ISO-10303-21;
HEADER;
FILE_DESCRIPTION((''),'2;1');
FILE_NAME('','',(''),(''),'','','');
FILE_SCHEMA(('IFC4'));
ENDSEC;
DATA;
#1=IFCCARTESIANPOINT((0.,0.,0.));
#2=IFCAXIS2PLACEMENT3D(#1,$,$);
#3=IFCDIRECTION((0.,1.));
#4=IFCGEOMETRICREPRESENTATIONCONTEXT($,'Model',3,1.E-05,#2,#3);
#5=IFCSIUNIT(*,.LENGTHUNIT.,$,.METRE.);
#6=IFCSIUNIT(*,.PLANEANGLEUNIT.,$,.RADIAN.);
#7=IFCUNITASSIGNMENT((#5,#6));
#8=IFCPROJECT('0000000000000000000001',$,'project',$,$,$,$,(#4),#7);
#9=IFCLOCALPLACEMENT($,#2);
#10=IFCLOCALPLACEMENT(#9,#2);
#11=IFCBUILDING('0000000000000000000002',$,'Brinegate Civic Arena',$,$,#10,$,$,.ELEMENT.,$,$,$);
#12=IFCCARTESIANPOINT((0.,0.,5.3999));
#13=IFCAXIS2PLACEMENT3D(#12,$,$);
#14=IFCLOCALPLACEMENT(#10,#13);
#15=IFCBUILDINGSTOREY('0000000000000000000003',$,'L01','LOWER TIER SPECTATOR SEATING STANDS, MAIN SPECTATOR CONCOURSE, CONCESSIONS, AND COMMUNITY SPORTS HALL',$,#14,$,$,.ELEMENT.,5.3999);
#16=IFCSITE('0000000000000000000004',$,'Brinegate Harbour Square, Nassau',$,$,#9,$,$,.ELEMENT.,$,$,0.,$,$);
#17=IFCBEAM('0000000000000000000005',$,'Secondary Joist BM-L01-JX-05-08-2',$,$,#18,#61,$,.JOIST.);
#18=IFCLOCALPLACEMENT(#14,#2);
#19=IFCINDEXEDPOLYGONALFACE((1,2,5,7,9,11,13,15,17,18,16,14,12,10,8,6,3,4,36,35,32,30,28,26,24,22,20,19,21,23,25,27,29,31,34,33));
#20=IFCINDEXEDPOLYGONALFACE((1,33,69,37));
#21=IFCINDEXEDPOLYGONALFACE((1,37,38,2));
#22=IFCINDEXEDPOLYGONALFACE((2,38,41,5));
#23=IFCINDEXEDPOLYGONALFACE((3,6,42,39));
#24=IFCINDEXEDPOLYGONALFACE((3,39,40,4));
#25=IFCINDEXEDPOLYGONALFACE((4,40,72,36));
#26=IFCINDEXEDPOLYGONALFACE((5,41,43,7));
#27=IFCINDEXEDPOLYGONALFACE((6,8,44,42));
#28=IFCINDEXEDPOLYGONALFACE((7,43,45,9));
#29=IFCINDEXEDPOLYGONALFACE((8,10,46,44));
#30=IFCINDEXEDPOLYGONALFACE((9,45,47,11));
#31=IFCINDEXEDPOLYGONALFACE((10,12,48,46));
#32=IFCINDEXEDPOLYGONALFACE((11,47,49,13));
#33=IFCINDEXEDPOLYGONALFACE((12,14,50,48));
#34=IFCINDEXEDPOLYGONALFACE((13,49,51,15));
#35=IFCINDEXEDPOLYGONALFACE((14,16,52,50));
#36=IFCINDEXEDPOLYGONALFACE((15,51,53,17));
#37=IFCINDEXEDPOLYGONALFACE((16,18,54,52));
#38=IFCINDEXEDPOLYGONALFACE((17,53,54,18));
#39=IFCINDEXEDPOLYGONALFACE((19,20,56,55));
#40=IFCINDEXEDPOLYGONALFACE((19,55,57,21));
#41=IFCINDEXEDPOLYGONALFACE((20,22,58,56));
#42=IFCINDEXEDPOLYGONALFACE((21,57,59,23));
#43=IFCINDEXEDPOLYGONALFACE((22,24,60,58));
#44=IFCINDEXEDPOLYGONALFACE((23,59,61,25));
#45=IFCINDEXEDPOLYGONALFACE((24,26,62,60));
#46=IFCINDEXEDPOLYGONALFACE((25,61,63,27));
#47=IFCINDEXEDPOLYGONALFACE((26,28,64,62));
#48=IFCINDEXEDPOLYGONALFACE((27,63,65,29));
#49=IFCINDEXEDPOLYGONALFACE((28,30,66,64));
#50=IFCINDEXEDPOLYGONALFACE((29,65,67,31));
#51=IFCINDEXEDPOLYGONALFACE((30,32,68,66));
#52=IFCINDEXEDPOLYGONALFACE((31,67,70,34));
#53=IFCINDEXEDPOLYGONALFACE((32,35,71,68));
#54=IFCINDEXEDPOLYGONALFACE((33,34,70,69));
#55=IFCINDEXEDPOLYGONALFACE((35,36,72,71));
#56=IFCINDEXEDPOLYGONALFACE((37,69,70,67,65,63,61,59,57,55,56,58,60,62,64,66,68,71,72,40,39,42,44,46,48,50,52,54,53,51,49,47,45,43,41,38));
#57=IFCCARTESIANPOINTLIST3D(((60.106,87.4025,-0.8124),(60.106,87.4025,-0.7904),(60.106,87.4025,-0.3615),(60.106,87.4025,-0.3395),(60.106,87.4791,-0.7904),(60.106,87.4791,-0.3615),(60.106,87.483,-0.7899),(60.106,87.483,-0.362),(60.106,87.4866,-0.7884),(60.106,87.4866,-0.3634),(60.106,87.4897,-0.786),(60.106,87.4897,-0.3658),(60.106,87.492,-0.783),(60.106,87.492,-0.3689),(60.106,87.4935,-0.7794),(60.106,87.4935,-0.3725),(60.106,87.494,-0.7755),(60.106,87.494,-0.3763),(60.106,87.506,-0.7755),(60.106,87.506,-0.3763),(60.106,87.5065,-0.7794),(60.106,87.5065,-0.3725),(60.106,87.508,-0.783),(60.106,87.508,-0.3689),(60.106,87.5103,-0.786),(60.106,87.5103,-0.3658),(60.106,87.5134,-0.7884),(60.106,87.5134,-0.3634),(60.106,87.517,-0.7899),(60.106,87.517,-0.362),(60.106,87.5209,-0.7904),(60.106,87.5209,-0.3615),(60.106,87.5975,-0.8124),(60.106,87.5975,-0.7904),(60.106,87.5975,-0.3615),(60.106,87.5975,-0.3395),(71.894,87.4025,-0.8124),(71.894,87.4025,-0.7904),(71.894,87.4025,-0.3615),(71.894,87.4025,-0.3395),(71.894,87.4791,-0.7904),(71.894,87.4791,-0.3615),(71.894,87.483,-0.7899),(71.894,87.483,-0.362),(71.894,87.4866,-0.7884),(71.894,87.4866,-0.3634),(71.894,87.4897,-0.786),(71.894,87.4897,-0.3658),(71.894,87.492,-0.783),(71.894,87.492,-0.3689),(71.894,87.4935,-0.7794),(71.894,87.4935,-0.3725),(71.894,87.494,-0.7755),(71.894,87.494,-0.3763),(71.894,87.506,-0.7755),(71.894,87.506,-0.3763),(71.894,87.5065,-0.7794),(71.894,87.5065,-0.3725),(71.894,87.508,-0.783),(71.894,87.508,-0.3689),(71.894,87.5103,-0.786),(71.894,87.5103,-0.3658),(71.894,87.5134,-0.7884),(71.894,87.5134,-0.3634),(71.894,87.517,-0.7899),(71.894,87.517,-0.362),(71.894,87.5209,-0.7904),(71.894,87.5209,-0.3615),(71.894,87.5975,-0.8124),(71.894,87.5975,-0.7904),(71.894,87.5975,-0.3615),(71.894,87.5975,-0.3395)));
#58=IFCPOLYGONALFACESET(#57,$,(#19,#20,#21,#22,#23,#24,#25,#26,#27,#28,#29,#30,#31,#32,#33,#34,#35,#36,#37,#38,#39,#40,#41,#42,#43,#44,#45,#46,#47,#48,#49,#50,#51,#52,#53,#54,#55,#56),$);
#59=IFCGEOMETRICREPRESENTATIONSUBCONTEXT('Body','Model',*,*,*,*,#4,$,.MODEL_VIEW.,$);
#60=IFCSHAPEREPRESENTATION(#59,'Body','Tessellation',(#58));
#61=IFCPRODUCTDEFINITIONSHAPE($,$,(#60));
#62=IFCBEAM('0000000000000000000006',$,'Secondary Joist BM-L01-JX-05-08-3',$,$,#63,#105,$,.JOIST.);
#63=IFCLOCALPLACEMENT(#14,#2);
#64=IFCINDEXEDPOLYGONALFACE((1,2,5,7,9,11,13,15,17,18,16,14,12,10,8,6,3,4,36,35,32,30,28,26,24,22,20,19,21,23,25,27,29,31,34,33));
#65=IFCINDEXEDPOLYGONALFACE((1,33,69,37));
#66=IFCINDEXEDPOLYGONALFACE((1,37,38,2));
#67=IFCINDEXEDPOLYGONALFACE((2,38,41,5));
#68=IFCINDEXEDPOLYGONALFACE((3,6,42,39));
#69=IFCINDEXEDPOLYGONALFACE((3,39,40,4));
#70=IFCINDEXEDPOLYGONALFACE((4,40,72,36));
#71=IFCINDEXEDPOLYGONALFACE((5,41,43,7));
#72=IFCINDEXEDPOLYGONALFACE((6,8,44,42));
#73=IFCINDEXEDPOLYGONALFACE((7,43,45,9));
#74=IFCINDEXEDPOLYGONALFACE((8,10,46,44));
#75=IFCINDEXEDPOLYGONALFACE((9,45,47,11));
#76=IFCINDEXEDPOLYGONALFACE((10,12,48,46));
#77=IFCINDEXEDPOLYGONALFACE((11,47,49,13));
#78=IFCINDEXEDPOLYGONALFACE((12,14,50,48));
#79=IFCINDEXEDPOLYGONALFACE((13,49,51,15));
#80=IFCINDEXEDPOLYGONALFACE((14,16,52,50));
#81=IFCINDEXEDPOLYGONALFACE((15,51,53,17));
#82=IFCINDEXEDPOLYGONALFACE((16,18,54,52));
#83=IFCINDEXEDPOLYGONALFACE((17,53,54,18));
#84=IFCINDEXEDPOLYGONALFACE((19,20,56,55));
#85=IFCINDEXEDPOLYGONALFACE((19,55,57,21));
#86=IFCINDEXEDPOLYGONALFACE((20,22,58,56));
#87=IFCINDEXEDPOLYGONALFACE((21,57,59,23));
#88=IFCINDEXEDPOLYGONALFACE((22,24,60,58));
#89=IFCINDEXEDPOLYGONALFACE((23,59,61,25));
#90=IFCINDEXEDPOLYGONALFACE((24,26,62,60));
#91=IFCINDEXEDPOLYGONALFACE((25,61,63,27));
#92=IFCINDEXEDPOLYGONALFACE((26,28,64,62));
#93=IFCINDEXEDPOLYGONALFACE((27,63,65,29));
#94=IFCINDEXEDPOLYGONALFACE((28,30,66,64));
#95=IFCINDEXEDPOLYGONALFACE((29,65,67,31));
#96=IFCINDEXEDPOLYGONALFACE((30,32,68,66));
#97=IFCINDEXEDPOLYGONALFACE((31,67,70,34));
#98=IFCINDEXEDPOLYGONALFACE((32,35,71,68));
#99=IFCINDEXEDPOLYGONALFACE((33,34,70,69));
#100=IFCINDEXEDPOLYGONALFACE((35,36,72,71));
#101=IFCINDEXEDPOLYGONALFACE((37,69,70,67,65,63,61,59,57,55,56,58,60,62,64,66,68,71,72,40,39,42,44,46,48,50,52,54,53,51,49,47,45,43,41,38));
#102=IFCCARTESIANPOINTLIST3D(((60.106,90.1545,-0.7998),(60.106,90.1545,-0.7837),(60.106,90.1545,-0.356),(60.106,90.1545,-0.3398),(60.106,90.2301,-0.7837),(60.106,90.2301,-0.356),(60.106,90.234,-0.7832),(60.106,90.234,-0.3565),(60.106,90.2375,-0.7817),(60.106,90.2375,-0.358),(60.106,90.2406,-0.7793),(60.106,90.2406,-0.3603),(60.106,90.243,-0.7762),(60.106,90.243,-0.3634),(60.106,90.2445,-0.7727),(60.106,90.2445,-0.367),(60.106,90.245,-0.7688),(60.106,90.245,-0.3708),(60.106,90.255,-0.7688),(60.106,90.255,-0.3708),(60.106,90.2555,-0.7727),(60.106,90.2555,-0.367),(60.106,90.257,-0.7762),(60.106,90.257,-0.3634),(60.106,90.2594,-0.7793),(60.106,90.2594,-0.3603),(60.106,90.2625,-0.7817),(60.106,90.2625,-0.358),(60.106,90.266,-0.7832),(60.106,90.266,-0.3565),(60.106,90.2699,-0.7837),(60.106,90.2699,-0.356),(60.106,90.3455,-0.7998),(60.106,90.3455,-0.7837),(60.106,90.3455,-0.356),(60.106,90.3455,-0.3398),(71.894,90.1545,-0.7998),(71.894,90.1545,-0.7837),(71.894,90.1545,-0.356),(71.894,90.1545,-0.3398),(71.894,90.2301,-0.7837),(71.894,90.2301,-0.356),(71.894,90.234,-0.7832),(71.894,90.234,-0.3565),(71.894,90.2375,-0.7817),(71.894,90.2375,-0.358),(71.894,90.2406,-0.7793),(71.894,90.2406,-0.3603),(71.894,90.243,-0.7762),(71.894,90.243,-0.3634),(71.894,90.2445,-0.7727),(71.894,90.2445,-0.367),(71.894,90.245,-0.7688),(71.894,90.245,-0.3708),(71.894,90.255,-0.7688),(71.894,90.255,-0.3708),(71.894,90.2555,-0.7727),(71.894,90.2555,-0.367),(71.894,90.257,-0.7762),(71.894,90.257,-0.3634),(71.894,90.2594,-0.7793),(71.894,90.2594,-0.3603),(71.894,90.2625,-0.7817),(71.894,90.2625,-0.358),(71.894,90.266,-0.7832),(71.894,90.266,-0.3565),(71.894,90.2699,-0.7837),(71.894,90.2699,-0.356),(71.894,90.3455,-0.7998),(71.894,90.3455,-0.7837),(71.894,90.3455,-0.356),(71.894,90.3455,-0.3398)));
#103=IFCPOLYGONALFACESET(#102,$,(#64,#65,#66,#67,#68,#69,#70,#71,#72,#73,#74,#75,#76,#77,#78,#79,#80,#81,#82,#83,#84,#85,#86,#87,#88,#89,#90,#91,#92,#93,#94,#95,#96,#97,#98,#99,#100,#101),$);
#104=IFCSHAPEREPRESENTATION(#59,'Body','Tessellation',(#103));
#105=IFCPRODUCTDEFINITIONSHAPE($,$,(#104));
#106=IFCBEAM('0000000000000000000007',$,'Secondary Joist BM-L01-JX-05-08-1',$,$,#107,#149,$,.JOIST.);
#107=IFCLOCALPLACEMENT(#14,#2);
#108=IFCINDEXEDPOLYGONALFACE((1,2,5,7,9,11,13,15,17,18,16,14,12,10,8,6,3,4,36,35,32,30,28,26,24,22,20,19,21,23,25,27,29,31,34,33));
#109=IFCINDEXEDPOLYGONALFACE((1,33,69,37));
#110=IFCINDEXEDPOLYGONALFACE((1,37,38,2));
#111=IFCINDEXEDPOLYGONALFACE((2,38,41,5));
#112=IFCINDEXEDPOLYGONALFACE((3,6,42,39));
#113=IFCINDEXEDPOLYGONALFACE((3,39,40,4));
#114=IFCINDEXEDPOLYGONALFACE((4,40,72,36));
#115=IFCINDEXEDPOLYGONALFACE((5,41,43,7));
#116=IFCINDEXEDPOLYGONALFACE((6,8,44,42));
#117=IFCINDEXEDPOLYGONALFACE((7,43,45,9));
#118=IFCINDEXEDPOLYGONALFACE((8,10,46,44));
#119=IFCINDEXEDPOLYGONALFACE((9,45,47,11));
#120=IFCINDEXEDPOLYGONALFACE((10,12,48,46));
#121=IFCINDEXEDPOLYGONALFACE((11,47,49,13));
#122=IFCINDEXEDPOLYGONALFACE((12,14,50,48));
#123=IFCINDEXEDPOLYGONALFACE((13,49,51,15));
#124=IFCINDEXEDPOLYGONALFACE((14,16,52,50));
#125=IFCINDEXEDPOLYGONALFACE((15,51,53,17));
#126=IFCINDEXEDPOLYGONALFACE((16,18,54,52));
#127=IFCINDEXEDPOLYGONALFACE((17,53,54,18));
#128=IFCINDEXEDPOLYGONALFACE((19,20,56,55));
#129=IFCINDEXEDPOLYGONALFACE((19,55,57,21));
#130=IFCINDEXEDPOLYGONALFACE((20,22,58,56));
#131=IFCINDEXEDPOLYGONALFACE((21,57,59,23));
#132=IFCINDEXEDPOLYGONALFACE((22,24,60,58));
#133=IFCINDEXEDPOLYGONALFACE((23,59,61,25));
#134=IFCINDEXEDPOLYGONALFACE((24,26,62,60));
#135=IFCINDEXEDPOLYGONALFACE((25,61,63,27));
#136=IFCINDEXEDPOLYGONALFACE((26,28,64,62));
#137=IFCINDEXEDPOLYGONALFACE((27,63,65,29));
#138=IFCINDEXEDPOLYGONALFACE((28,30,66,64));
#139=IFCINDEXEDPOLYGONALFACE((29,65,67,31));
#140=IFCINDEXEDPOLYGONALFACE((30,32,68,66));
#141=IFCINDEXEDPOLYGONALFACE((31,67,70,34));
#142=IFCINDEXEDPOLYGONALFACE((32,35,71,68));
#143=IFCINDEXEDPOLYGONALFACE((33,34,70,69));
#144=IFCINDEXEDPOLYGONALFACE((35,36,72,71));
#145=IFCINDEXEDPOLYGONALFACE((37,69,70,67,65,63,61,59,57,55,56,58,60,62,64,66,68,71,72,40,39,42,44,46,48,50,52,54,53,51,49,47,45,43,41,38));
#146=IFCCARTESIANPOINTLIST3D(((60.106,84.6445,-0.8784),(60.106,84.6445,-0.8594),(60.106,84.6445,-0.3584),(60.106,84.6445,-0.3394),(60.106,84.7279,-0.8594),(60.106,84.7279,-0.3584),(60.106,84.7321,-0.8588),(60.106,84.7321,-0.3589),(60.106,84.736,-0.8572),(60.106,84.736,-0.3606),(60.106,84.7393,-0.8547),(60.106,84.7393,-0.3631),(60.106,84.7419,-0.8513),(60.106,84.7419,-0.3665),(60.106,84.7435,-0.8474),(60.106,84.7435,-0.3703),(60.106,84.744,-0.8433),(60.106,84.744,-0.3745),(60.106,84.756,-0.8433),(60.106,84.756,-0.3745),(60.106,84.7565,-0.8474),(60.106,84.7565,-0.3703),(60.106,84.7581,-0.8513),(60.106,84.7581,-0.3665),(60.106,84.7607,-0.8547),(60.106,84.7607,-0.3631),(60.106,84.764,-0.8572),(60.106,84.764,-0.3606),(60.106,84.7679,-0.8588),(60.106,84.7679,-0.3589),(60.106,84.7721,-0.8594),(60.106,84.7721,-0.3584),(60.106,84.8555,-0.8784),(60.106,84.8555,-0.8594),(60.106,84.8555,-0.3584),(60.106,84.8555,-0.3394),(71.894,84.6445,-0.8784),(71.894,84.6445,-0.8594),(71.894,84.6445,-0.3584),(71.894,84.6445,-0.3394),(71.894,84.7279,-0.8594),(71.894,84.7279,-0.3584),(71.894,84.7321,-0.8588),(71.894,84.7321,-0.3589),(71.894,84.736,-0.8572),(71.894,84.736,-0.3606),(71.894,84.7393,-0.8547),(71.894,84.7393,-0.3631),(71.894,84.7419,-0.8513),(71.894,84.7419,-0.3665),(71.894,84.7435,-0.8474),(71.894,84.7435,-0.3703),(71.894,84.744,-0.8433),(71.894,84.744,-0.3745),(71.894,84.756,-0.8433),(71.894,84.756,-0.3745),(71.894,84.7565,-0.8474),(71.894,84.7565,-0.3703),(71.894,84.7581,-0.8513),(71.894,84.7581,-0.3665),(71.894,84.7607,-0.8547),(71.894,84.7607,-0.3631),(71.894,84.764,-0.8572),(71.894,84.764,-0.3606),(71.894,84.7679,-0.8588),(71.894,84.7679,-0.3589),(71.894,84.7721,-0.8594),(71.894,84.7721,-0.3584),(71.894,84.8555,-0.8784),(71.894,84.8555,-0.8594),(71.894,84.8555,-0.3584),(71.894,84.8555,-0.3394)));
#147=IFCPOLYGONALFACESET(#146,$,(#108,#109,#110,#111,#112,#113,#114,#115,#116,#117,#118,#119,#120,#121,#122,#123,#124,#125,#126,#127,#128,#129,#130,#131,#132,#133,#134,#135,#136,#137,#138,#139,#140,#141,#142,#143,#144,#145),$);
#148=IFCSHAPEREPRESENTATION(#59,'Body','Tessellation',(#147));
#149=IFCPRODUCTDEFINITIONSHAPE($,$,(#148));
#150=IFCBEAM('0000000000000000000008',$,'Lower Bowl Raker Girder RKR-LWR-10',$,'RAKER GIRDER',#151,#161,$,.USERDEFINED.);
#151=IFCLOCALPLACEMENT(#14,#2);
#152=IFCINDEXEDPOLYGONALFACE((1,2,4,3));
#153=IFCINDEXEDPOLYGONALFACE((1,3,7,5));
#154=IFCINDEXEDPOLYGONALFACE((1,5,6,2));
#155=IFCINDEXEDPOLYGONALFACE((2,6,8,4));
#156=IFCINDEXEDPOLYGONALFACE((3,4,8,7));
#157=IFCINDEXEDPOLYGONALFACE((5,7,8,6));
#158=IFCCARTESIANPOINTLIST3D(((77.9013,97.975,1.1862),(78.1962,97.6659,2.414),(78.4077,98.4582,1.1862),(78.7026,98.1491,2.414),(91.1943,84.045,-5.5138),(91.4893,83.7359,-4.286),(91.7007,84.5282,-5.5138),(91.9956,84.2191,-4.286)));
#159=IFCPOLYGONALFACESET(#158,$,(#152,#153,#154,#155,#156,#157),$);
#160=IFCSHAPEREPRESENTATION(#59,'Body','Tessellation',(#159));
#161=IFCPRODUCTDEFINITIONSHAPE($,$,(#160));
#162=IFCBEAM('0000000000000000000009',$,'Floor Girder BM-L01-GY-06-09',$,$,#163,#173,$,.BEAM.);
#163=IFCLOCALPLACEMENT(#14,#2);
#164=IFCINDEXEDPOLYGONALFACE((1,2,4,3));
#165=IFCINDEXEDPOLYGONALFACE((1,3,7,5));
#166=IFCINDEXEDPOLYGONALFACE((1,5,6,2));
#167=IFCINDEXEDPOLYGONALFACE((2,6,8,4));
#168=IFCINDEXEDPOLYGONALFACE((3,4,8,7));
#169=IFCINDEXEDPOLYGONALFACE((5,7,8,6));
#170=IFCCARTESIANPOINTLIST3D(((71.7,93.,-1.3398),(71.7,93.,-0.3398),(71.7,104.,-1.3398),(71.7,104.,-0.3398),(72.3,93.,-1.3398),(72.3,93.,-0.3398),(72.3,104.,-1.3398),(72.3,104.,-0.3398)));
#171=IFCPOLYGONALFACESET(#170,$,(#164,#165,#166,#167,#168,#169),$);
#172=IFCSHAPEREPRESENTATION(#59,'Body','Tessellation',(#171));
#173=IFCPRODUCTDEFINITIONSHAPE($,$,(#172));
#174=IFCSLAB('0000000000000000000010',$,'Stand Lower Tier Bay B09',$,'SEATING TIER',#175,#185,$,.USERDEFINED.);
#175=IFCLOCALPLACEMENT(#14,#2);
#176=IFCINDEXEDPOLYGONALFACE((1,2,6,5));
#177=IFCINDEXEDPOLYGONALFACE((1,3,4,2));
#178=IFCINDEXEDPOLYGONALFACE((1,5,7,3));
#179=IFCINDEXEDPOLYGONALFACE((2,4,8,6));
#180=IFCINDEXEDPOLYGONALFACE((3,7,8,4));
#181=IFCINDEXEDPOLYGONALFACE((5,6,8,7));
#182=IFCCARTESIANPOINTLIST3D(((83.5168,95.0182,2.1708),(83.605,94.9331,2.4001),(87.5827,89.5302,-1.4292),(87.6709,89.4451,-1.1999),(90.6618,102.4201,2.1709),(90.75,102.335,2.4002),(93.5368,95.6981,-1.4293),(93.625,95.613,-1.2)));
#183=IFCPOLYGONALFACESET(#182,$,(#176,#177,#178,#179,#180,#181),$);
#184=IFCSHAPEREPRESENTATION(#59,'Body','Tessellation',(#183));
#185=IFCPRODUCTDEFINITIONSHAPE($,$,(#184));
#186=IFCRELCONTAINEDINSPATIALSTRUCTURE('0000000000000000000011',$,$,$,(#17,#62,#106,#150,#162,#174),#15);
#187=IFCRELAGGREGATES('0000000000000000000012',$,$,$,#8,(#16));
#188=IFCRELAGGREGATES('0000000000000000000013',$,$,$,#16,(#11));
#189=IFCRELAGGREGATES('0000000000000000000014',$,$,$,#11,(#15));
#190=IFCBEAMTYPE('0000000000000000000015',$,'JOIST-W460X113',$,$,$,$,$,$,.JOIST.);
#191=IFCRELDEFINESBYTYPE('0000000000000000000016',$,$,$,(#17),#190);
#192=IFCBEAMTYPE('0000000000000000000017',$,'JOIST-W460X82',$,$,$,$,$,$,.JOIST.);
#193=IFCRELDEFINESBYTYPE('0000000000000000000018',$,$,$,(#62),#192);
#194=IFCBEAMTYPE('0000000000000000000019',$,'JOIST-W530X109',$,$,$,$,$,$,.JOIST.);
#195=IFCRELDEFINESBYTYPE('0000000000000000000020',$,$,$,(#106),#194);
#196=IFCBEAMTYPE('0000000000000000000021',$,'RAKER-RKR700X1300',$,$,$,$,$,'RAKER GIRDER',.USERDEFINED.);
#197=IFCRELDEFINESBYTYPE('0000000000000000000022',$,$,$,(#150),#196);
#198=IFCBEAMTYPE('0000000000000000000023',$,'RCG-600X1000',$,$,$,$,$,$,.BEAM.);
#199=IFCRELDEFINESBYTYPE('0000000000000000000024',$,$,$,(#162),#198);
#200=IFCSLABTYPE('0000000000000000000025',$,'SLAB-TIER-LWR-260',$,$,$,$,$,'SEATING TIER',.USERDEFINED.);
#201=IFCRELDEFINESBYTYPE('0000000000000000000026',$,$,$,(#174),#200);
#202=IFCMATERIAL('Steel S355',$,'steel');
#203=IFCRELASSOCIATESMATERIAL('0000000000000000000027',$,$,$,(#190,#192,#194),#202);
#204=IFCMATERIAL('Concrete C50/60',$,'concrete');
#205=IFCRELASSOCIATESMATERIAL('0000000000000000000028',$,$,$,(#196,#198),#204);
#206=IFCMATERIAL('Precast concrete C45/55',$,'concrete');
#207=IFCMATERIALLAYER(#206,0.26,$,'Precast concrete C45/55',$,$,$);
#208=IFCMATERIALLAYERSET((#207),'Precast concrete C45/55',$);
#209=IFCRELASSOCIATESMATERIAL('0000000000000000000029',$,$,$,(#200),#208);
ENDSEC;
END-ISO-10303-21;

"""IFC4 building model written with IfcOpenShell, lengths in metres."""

from ifc_helpers import new_model, si_unit, direction, frame, origin, origin_2d, place, context, subcontext, project, spatial, polyline, rectangle, i_section, outline, extrude, material, layer, layer_set, material_profile, profile_set, type_object, element, save


model = new_model("IFC4")

# Units and contexts
model_context = context("Model", 3, precision=1e-05, world=origin(), true_north=direction((0.0, 1.0)))
body_context = subcontext(model_context, "Body", "Model", "MODEL_VIEW")
ifc_project = project(units=[si_unit("LENGTHUNIT", "METRE"), si_unit("PLANEANGLEUNIT", "RADIAN")], contexts=[model_context])

# Site, building, storey
site_placement = place(None, origin())
site = spatial("IfcSite", under=ifc_project, at=site_placement, Name="Brinegate Harbour Square, Nassau", CompositionType="ELEMENT", RefElevation=0.0)
building_placement = place(site_placement, origin())
building = spatial("IfcBuilding", under=site, at=building_placement, Name="Brinegate Civic Arena", CompositionType="ELEMENT")
storey_placement = place(building_placement, frame((0.0, 0.0, 5.3999)))
storey = spatial("IfcBuildingStorey", under=building, at=storey_placement, Name="L01", Description="LOWER TIER SPECTATOR SEATING STANDS, MAIN SPECTATOR CONCOURSE, CONCESSIONS, AND COMMUNITY SPORTS HALL", CompositionType="ELEMENT", Elevation=5.3999)

# Shared definitions
ifc_material_1 = material(Name="Concrete C50/60", Category="concrete")

# Beams
ifc_material_2 = material(Name="Steel S355", Category="steel")
ifc_material_profile_1 = material_profile(ifc_material_2, i_section(OverallWidth=0.1951, OverallDepth=0.4729, WebThickness=0.012, FlangeThickness=0.022, FilletRadius=0.0149, at=origin_2d()), Name="W460X113")
ifc_profile_set_1 = profile_set([ifc_material_profile_1], Name="Steel S355")
beam_type_1 = type_object("IfcBeamType", Name="JOIST-W460X113", PredefinedType="JOIST", material=ifc_profile_set_1)
beam_1_placement = place(storey_placement, frame((60.106, 87.5, -0.5759), z_axis=(1.0, 0.0, 0.0), x_axis=(0.0, 1.0, 0.0)))
element("IfcBeam", 1, at=beam_1_placement, inside=storey, type_object=beam_type_1, Name="Secondary Joist BM-L01-JX-05-08-2", PredefinedType="JOIST", context=body_context, shape_type="SweptSolid", body=[
    extrude(i_section(OverallWidth=0.1951, OverallDepth=0.4729, WebThickness=0.012, FlangeThickness=0.022, FilletRadius=0.0149, at=origin_2d()), origin(), (0.0, 0.0, 1.0), 11.7881),
])
ifc_material_profile_2 = material_profile(ifc_material_2, i_section(OverallWidth=0.1909, OverallDepth=0.46, WebThickness=0.01, FlangeThickness=0.0161, FilletRadius=0.0149, at=origin_2d()), Name="W460X82")
ifc_profile_set_2 = profile_set([ifc_material_profile_2], Name="Steel S355")
beam_type_2 = type_object("IfcBeamType", Name="JOIST-W460X82", PredefinedType="JOIST", material=ifc_profile_set_2)
beam_2_placement = place(storey_placement, frame((60.106, 90.25, -0.5698), z_axis=(1.0, 0.0, 0.0), x_axis=(0.0, 1.0, 0.0)))
element("IfcBeam", 2, at=beam_2_placement, inside=storey, type_object=beam_type_2, Name="Secondary Joist BM-L01-JX-05-08-3", PredefinedType="JOIST", context=body_context, shape_type="SweptSolid", body=[
    extrude(i_section(OverallWidth=0.1909, OverallDepth=0.46, WebThickness=0.01, FlangeThickness=0.0161, FilletRadius=0.0149, at=origin_2d()), origin(), (0.0, 0.0, 1.0), 11.7881),
])
ifc_material_profile_3 = material_profile(ifc_material_2, i_section(OverallWidth=0.2109, OverallDepth=0.5391, WebThickness=0.012, FlangeThickness=0.019, FilletRadius=0.0161, at=origin_2d()), Name="W530X109")
ifc_profile_set_3 = profile_set([ifc_material_profile_3], Name="Steel S355")
beam_type_3 = type_object("IfcBeamType", Name="JOIST-W530X109", PredefinedType="JOIST", material=ifc_profile_set_3)
beam_3_placement = place(storey_placement, frame((60.106, 84.75, -0.6089), z_axis=(1.0, 0.0, 0.0), x_axis=(0.0, 1.0, 0.0)))
element("IfcBeam", 3, at=beam_3_placement, inside=storey, type_object=beam_type_3, Name="Secondary Joist BM-L01-JX-05-08-1", PredefinedType="JOIST", context=body_context, shape_type="SweptSolid", body=[
    extrude(i_section(OverallWidth=0.2109, OverallDepth=0.5391, WebThickness=0.012, FlangeThickness=0.019, FilletRadius=0.0161, at=origin_2d()), origin(), (0.0, 0.0, 1.0), 11.7881),
])
ifc_material_profile_4 = material_profile(ifc_material_1, rectangle(XDim=0.7, YDim=1.3, at=origin_2d()), Name="RKR700X1300")
ifc_profile_set_4 = profile_set([ifc_material_profile_4], Name="Concrete C50/60")
beam_type_4 = type_object("IfcBeamType", Name="RAKER-RKR700X1300", ElementType="RAKER GIRDER", PredefinedType="USERDEFINED", material=ifc_profile_set_4)
beam_4_placement = place(storey_placement, frame((91.595, 84.1321, -4.8999), z_axis=(-0.652027, 0.683271, 0.328636), x_axis=(-0.723454, -0.690373, 0.0)))
element("IfcBeam", 4, at=beam_4_placement, inside=storey, type_object=beam_type_4, Name="Lower Bowl Raker Girder RKR-LWR-10", ObjectType="RAKER GIRDER", PredefinedType="USERDEFINED", context=body_context, shape_type="SweptSolid", body=[
    extrude(rectangle(XDim=0.7, YDim=1.3, at=origin_2d()), origin(), (0.0, 0.0, 1.0), 20.3872),
])
ifc_material_profile_5 = material_profile(ifc_material_1, rectangle(XDim=0.6001, YDim=1.0, at=origin_2d()), Name="RCB600X1000")
ifc_profile_set_5 = profile_set([ifc_material_profile_5], Name="Concrete C50/60")
beam_type_5 = type_object("IfcBeamType", Name="RCG-600X1000", PredefinedType="BEAM", material=ifc_profile_set_5)
beam_5_placement = place(storey_placement, frame((72.0, 93.0, -0.8398), z_axis=(0.0, 1.0, 0.0), x_axis=(-1.0, 0.0, 0.0)))
element("IfcBeam", 5, at=beam_5_placement, inside=storey, type_object=beam_type_5, Name="Floor Girder BM-L01-GY-06-09", PredefinedType="BEAM", context=body_context, shape_type="SweptSolid", body=[
    extrude(rectangle(XDim=0.6001, YDim=1.0, at=origin_2d()), origin(), (0.0, 0.0, 1.0), 11.0),
])

# Slab
ifc_material_3 = material(Name="Precast concrete C45/55", Category="concrete")
ifc_layer_1 = layer(ifc_material_3, 0.26, Name="Precast concrete C45/55")
ifc_layer_set_1 = layer_set([ifc_layer_1], Name="Precast concrete C45/55")
slab_type = type_object("IfcSlabType", Name="SLAB-TIER-LWR-260", ElementType="SEATING TIER", PredefinedType="USERDEFINED", material=ifc_layer_set_1)
slab_1_placement = place(storey_placement, frame((93.625, 95.613, -1.2), z_axis=(0.339095, -0.327332, 0.881968), x_axis=(-0.694522, -0.719471, 0.000003)))
element("IfcSlab", 6, at=slab_1_placement, inside=storey, type_object=slab_type, Name="Stand Lower Tier Bay B09", ObjectType="SEATING TIER", PredefinedType="USERDEFINED", context=body_context, shape_type="SweptSolid", body=[
    extrude(outline(polyline([(0.0, 0.0), (8.5729, 0.0), (7.4483, -7.6385), (-2.8395, -7.6386), (0.0, 0.0)])), origin(), (0.0, 0.0, -1.0), 0.26),
])

save(model, "model.ifc")
